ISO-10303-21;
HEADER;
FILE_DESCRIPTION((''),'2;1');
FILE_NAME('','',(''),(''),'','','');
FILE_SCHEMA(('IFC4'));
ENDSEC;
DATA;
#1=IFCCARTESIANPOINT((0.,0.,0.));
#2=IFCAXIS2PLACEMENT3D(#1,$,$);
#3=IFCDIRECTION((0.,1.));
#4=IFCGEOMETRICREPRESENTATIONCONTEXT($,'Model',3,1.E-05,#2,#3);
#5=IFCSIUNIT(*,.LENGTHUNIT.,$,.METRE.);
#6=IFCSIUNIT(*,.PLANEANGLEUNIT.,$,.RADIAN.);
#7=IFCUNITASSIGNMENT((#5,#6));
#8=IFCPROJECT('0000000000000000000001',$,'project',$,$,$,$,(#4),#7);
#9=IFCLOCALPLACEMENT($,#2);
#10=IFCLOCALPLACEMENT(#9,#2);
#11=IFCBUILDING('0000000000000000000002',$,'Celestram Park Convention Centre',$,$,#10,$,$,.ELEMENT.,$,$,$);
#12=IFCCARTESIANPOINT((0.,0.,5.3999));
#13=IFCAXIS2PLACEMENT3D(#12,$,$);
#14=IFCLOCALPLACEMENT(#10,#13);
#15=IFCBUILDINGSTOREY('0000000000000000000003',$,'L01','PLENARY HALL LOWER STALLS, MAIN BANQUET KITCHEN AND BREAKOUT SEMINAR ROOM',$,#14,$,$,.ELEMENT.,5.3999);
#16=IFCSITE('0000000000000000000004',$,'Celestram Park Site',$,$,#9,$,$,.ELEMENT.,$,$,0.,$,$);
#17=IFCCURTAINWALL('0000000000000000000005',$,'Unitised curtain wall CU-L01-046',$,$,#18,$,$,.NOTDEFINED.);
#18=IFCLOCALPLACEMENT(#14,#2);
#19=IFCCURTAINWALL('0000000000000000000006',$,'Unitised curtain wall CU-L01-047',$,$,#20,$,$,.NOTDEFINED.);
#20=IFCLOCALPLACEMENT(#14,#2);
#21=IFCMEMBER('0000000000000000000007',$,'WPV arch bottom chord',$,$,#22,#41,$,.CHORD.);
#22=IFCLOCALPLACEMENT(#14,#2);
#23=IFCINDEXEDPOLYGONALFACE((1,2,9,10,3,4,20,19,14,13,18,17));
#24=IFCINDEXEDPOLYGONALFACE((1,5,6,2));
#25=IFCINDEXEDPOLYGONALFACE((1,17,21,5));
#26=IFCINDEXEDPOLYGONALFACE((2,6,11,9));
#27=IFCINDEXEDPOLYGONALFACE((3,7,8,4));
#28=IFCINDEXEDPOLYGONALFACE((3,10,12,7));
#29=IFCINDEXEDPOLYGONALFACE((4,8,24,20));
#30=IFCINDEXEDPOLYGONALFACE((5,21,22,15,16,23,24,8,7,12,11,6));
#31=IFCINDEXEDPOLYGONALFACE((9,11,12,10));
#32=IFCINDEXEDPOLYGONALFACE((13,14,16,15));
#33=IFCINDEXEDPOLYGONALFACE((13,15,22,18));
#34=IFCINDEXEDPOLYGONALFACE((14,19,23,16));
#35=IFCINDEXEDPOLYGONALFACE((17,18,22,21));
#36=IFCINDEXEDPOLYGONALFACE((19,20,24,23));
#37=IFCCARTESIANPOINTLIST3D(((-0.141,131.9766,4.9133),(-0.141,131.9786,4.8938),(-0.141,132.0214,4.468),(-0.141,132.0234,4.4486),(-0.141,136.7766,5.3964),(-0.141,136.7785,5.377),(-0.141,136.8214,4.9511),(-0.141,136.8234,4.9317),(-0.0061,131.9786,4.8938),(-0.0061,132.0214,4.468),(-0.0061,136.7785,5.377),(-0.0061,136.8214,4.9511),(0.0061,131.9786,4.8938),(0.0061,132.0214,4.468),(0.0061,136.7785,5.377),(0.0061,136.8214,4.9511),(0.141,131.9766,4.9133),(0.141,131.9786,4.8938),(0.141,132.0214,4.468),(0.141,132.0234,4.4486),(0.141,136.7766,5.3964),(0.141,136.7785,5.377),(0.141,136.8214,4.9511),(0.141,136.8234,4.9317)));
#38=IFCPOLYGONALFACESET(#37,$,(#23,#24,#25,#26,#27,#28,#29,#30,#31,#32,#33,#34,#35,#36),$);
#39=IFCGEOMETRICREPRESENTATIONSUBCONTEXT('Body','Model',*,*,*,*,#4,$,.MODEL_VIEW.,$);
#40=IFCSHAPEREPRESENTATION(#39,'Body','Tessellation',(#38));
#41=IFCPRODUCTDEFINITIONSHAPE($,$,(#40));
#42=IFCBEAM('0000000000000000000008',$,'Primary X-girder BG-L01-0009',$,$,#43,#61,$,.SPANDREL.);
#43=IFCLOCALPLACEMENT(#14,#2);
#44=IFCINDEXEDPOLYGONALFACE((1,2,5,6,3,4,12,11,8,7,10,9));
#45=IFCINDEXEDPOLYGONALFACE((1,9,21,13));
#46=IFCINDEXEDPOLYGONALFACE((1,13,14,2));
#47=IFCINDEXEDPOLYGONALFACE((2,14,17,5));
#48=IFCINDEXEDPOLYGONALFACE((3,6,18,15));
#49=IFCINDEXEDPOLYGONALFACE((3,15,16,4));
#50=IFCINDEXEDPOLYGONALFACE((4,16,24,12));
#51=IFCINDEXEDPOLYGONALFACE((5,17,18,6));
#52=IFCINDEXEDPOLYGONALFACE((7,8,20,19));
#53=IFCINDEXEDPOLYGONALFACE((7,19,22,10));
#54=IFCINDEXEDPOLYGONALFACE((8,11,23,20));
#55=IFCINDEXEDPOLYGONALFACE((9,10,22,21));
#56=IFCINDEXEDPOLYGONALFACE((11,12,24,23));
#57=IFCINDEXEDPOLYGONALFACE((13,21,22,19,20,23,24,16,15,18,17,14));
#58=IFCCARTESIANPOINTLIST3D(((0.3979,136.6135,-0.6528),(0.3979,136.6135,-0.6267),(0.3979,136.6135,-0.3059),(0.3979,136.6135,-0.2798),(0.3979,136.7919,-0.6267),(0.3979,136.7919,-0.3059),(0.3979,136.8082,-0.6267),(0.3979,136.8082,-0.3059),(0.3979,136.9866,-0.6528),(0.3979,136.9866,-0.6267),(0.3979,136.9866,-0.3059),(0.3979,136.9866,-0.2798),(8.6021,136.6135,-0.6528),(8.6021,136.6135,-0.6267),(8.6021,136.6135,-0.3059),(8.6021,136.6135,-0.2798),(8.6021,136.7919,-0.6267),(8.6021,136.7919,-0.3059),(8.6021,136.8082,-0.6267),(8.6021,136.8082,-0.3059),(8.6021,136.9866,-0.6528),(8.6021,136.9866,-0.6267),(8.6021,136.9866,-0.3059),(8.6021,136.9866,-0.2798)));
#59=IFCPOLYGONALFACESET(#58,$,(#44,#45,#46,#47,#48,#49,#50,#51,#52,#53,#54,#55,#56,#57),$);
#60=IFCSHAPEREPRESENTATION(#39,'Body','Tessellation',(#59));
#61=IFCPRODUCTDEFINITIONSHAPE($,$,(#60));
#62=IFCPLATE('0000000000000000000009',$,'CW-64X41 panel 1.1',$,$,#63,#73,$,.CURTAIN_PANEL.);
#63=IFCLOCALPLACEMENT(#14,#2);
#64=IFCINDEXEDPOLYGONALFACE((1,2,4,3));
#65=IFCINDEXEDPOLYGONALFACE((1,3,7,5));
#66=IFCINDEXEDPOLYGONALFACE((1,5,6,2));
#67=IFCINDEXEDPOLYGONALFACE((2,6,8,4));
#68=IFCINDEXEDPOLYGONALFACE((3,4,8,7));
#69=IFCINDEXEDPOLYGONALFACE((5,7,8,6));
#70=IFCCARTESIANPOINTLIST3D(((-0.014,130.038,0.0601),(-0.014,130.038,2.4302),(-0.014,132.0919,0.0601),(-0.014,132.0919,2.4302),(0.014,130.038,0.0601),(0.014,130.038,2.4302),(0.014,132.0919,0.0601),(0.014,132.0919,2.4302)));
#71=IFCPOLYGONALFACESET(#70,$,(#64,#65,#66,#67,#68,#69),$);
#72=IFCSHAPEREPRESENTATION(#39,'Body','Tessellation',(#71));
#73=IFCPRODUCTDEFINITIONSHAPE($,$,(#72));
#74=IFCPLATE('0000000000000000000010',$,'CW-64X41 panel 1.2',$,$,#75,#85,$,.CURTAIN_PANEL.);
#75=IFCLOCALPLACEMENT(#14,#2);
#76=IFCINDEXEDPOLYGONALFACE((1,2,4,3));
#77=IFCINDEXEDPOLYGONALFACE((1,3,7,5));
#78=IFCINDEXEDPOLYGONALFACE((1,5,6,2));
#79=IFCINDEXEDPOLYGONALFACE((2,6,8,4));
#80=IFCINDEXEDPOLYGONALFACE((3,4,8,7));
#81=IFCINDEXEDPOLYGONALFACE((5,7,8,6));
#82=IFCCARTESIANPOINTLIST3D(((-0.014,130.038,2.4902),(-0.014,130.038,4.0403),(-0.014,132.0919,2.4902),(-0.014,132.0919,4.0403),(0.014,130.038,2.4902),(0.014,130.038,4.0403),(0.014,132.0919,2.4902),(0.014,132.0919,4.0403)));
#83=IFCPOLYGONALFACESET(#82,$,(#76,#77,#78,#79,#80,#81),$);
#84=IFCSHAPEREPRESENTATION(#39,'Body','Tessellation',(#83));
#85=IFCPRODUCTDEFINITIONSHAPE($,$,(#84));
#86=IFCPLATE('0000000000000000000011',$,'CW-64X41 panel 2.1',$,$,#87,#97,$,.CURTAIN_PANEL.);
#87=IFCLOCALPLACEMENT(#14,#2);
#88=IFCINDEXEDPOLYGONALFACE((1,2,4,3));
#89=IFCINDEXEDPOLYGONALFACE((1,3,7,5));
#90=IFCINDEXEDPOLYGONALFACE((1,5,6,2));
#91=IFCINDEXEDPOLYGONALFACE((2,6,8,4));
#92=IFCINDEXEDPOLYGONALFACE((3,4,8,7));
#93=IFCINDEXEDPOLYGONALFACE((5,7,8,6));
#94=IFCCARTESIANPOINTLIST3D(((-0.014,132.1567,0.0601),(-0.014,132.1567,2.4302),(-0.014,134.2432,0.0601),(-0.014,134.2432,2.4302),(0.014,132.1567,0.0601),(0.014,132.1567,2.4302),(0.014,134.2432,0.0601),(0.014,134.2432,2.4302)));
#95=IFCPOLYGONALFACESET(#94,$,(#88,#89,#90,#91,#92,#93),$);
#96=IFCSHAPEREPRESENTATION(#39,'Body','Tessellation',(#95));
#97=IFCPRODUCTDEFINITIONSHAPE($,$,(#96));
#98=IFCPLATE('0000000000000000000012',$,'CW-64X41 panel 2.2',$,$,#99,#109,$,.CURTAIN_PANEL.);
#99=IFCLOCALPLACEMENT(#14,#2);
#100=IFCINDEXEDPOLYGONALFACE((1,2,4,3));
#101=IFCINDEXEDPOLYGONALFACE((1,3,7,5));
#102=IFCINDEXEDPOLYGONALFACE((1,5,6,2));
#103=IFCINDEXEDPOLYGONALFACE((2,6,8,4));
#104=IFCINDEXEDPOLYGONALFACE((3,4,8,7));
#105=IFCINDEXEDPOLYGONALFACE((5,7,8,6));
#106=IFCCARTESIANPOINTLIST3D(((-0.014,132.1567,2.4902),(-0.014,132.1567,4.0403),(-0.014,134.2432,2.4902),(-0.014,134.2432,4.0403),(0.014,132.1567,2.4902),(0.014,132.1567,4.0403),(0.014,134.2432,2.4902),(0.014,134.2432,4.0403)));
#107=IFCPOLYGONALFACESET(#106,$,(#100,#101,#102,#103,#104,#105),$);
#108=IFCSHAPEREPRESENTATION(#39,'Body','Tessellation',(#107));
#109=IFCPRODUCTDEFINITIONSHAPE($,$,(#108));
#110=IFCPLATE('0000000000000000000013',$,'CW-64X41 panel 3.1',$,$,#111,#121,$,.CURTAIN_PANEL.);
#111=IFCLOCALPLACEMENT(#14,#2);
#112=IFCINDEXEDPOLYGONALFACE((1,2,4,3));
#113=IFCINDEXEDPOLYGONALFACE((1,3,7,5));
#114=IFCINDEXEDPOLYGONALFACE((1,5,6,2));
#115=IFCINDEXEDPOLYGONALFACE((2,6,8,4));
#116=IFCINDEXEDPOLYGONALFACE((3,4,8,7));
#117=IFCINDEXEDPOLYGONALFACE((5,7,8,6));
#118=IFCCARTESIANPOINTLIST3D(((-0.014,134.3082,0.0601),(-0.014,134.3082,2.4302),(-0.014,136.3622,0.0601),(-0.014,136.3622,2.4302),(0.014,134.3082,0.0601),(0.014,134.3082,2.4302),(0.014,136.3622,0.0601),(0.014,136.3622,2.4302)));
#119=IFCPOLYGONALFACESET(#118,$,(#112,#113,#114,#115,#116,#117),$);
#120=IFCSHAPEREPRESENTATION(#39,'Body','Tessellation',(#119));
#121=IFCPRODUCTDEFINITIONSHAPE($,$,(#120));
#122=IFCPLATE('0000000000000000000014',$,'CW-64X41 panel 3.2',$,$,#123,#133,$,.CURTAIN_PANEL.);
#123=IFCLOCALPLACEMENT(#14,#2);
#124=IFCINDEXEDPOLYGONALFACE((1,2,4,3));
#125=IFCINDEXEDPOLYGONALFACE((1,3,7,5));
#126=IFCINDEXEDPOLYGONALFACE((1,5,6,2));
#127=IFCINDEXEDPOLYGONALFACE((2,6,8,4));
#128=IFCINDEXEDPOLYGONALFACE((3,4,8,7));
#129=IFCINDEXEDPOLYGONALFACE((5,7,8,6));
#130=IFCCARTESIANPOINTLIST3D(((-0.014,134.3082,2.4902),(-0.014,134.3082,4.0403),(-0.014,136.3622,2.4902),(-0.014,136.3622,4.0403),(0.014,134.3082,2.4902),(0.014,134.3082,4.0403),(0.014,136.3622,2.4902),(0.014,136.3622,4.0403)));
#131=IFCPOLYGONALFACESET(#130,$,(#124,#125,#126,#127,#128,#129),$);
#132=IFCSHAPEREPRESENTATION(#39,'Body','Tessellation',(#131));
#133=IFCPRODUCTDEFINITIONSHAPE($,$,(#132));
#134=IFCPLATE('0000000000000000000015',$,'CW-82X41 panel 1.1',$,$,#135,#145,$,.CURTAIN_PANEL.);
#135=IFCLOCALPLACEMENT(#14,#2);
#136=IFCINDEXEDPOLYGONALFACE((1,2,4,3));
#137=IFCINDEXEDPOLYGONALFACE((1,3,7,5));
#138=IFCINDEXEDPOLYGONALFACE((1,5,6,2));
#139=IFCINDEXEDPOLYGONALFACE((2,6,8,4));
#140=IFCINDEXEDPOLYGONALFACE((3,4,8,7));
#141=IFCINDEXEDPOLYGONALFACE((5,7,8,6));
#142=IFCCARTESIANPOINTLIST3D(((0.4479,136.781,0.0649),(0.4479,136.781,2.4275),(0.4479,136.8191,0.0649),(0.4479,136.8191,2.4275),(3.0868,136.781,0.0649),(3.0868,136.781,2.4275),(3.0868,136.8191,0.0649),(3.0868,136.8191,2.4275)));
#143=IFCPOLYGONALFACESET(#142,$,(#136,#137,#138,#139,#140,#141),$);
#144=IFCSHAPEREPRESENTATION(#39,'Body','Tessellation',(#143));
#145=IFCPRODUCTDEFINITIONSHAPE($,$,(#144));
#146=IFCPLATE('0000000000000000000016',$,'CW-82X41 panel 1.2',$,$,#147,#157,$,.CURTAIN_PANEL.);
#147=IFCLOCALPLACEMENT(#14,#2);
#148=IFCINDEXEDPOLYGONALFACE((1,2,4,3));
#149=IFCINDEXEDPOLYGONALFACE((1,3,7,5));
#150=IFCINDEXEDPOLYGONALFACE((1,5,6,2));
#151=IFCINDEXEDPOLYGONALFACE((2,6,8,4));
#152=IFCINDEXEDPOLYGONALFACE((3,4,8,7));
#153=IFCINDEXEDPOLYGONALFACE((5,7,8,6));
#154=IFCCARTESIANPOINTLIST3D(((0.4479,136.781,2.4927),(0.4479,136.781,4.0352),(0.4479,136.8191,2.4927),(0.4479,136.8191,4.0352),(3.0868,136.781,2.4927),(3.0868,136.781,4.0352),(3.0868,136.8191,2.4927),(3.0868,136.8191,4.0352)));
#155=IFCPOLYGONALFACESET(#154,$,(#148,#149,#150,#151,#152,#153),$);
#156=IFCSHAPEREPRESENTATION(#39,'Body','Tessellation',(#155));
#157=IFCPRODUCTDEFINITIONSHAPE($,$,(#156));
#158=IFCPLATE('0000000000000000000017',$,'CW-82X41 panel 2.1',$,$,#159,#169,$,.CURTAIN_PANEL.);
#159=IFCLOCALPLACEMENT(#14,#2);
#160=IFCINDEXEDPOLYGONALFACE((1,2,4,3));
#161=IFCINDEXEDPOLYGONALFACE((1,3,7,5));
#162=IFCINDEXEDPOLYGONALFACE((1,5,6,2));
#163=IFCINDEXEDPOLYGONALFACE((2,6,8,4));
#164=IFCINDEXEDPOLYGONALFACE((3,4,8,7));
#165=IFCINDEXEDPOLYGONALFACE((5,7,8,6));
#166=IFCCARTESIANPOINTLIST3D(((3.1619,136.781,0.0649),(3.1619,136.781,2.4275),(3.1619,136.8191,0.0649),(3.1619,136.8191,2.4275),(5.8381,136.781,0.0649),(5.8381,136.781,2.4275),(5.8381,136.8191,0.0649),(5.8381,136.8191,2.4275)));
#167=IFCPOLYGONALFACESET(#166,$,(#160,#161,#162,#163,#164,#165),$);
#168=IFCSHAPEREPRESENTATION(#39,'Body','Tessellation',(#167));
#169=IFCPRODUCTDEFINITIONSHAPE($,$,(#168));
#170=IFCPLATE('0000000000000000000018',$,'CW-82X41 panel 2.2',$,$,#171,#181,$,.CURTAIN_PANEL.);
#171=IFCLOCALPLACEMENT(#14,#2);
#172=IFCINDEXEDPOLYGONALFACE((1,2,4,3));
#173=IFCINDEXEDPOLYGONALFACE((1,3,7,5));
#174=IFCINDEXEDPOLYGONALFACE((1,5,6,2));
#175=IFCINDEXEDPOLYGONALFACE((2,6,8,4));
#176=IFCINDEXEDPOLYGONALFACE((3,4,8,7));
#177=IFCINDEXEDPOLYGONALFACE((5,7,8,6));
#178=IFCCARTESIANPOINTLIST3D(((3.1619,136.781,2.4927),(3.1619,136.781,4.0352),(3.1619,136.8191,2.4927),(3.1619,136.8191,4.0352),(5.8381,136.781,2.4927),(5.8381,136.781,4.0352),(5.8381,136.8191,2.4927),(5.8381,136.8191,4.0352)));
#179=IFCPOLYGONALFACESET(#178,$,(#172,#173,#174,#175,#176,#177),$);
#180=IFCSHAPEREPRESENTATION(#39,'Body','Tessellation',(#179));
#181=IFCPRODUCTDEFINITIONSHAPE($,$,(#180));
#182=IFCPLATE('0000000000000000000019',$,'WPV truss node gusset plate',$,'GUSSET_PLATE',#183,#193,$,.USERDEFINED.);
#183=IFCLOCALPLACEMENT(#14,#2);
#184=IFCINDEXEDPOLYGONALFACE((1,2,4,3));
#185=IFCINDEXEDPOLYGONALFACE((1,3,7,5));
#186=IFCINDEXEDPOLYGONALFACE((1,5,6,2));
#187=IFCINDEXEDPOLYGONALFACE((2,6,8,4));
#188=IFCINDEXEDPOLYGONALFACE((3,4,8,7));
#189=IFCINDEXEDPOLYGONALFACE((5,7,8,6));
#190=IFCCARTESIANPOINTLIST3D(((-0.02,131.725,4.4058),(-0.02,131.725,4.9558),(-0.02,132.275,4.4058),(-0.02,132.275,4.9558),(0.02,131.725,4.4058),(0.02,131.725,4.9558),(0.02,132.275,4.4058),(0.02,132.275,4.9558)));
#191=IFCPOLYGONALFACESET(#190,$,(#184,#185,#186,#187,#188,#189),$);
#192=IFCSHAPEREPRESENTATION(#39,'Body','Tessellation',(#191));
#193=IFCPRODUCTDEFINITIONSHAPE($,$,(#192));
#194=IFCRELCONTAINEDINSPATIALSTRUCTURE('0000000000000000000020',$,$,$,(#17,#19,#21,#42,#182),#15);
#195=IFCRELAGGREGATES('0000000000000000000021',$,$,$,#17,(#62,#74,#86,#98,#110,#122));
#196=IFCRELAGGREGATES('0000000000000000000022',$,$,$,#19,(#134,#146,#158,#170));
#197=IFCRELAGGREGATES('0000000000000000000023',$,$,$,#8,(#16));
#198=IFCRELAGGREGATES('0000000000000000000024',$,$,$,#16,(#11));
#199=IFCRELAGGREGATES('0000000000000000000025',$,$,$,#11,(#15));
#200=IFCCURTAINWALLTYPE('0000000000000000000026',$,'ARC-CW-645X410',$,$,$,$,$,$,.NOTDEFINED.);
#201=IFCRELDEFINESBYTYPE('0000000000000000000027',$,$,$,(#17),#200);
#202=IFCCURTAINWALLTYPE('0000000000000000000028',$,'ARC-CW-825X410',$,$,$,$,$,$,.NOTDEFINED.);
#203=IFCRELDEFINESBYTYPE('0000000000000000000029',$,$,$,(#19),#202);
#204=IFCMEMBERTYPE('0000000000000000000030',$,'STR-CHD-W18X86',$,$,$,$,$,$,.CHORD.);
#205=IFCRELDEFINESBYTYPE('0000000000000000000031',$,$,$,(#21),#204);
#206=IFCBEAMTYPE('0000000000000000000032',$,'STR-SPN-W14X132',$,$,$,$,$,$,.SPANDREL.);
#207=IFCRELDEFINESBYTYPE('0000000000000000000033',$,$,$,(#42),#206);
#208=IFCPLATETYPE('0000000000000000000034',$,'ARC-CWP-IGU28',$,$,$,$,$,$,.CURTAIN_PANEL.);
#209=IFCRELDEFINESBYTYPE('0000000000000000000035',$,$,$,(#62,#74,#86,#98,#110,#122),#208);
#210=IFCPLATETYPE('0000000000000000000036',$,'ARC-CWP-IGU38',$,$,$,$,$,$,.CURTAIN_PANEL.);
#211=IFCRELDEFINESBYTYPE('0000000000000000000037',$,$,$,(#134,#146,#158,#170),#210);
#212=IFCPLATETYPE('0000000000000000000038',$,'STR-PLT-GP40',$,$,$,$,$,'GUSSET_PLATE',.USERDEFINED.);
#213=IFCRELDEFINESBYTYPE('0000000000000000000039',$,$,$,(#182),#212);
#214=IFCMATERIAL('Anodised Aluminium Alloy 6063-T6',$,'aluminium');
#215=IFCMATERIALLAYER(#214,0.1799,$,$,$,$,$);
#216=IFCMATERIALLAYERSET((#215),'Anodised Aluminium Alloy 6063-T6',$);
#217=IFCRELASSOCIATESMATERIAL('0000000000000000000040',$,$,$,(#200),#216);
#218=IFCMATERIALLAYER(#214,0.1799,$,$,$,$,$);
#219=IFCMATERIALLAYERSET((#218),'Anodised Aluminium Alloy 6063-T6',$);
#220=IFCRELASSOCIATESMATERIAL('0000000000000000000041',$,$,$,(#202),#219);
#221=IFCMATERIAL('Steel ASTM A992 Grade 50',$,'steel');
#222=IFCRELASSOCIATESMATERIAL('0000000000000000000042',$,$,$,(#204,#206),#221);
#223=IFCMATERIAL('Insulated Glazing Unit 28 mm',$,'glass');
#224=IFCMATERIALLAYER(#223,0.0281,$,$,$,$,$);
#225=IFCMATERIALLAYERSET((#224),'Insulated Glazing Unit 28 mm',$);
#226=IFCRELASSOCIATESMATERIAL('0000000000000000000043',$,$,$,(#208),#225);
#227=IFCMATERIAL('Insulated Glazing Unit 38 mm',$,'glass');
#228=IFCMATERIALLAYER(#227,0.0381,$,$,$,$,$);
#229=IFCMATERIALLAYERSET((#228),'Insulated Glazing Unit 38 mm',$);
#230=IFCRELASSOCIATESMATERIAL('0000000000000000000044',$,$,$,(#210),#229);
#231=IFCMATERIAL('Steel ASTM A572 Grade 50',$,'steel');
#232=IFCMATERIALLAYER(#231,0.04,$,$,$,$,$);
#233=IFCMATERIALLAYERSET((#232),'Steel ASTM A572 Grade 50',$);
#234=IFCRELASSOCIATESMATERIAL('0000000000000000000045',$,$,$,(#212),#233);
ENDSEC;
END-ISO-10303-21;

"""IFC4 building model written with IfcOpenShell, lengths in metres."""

from ifc_helpers import new_model, si_unit, direction, frame, origin, origin_2d, place, context, subcontext, project, spatial, rectangle, i_section, extrude, material, layer, layer_set, material_profile, profile_set, type_object, element, aggregate, save


model = new_model("IFC4")

# Units and contexts
model_context = context("Model", 3, precision=1e-05, world=origin(), true_north=direction((0.0, 1.0)))
body_context = subcontext(model_context, "Body", "Model", "MODEL_VIEW")
ifc_project = project(units=[si_unit("LENGTHUNIT", "METRE"), si_unit("PLANEANGLEUNIT", "RADIAN")], contexts=[model_context])

# Site, building, storey
site_placement = place(None, origin())
site = spatial("IfcSite", under=ifc_project, at=site_placement, Name="Celestram Park Site", CompositionType="ELEMENT", RefElevation=0.0)
building_placement = place(site_placement, origin())
building = spatial("IfcBuilding", under=site, at=building_placement, Name="Celestram Park Convention Centre", CompositionType="ELEMENT")
storey_placement = place(building_placement, frame((0.0, 0.0, 5.3999)))
storey = spatial("IfcBuildingStorey", under=building, at=storey_placement, Name="L01", Description="PLENARY HALL LOWER STALLS, MAIN BANQUET KITCHEN AND BREAKOUT SEMINAR ROOM", CompositionType="ELEMENT", Elevation=5.3999)

# Curtain walls
ifc_material_1 = material(Name="Anodised Aluminium Alloy 6063-T6", Category="aluminium")
ifc_layer_1 = layer(ifc_material_1, 0.1799)
ifc_layer_set_1 = layer_set([ifc_layer_1], Name="Anodised Aluminium Alloy 6063-T6")
curtain_wall_type_1 = type_object("IfcCurtainWallType", Name="ARC-CW-645X410", PredefinedType="NOTDEFINED", material=ifc_layer_set_1)
curtain_wall_1_placement = place(storey_placement, origin())
curtain_wall_1 = element("IfcCurtainWall", 1, at=curtain_wall_1_placement, inside=storey, type_object=curtain_wall_type_1, Name="Unitised curtain wall CU-L01-046", PredefinedType="NOTDEFINED")
ifc_layer_2 = layer(ifc_material_1, 0.1799)
ifc_layer_set_2 = layer_set([ifc_layer_2], Name="Anodised Aluminium Alloy 6063-T6")
curtain_wall_type_2 = type_object("IfcCurtainWallType", Name="ARC-CW-825X410", PredefinedType="NOTDEFINED", material=ifc_layer_set_2)
curtain_wall_2_placement = place(storey_placement, origin())
curtain_wall_2 = element("IfcCurtainWall", 2, at=curtain_wall_2_placement, inside=storey, type_object=curtain_wall_type_2, Name="Unitised curtain wall CU-L01-047", PredefinedType="NOTDEFINED")

# Shared definitions
ifc_material_2 = material(Name="Steel ASTM A992 Grade 50", Category="steel")

# Member
ifc_material_profile_1 = material_profile(ifc_material_2, i_section(OverallWidth=0.282, OverallDepth=0.467, WebThickness=0.0122, FlangeThickness=0.0195, at=origin_2d()), Name="W18X86")
ifc_profile_set_1 = profile_set([ifc_material_profile_1], Name="Steel ASTM A992 Grade 50")
member_type_1 = type_object("IfcMemberType", Name="STR-CHD-W18X86", PredefinedType="CHORD", material=ifc_profile_set_1)
member_1_placement = place(storey_placement, frame((0.0, 132.0, 4.6809), z_axis=(0.0, 0.994972, 0.10015), x_axis=(-1.0, 0.0, 0.0)))
element("IfcMember", 3, at=member_1_placement, inside=storey, type_object=member_type_1, Name="WPV arch bottom chord", PredefinedType="CHORD", context=body_context, shape_type="SweptSolid", body=[
    extrude(i_section(OverallWidth=0.282, OverallDepth=0.467, WebThickness=0.0122, FlangeThickness=0.0195, at=origin_2d()), origin(), (0.0, 0.0, 1.0), 4.8242),
])

# Beam
ifc_material_profile_2 = material_profile(ifc_material_2, i_section(OverallWidth=0.373, OverallDepth=0.373, WebThickness=0.0164, FlangeThickness=0.0261, at=origin_2d()), Name="W14X132")
ifc_profile_set_2 = profile_set([ifc_material_profile_2], Name="Steel ASTM A992 Grade 50")
beam_type_1 = type_object("IfcBeamType", Name="STR-SPN-W14X132", PredefinedType="SPANDREL", material=ifc_profile_set_2)
beam_1_placement = place(storey_placement, frame((0.3979, 136.8, -0.4663), z_axis=(1.0, 0.0, 0.0), x_axis=(0.0, 1.0, 0.0)))
element("IfcBeam", 4, at=beam_1_placement, inside=storey, type_object=beam_type_1, Name="Primary X-girder BG-L01-0009", PredefinedType="SPANDREL", context=body_context, shape_type="SweptSolid", body=[
    extrude(i_section(OverallWidth=0.373, OverallDepth=0.373, WebThickness=0.0164, FlangeThickness=0.0261, at=origin_2d()), origin(), (0.0, 0.0, 1.0), 8.2041),
])

# Plates
ifc_material_3 = material(Name="Insulated Glazing Unit 28 mm", Category="glass")
ifc_layer_3 = layer(ifc_material_3, 0.0281)
ifc_layer_set_3 = layer_set([ifc_layer_3], Name="Insulated Glazing Unit 28 mm")
plate_type_1 = type_object("IfcPlateType", Name="ARC-CWP-IGU28", PredefinedType="CURTAIN_PANEL", material=ifc_layer_set_3)
plate_1_placement = place(storey_placement, frame((0.0, 131.0649, 0.0601), z_axis=(0.0, 0.0, 1.0), x_axis=(0.0, 1.0, 0.0)))
plate_1 = element("IfcPlate", 5, at=plate_1_placement, type_object=plate_type_1, Name="CW-64X41 panel 1.1", PredefinedType="CURTAIN_PANEL", context=body_context, shape_type="SweptSolid", body=[
    extrude(rectangle(XDim=2.054, YDim=0.0281, at=origin_2d()), origin(), (0.0, 0.0, 1.0), 2.3701),
])
plate_2_placement = place(storey_placement, frame((0.0, 131.0649, 2.4902), z_axis=(0.0, 0.0, 1.0), x_axis=(0.0, 1.0, 0.0)))
plate_2 = element("IfcPlate", 6, at=plate_2_placement, type_object=plate_type_1, Name="CW-64X41 panel 1.2", PredefinedType="CURTAIN_PANEL", context=body_context, shape_type="SweptSolid", body=[
    extrude(rectangle(XDim=2.054, YDim=0.0281, at=origin_2d()), origin(), (0.0, 0.0, 1.0), 1.55),
])
plate_3_placement = place(storey_placement, frame((0.0, 133.2, 0.0601), z_axis=(0.0, 0.0, 1.0), x_axis=(0.0, 1.0, 0.0)))
plate_3 = element("IfcPlate", 7, at=plate_3_placement, type_object=plate_type_1, Name="CW-64X41 panel 2.1", PredefinedType="CURTAIN_PANEL", context=body_context, shape_type="SweptSolid", body=[
    extrude(rectangle(XDim=2.0864, YDim=0.0281, at=origin_2d()), origin(), (0.0, 0.0, 1.0), 2.3701),
])
plate_4_placement = place(storey_placement, frame((0.0, 133.2, 2.4902), z_axis=(0.0, 0.0, 1.0), x_axis=(0.0, 1.0, 0.0)))
plate_4 = element("IfcPlate", 8, at=plate_4_placement, type_object=plate_type_1, Name="CW-64X41 panel 2.2", PredefinedType="CURTAIN_PANEL", context=body_context, shape_type="SweptSolid", body=[
    extrude(rectangle(XDim=2.0864, YDim=0.0281, at=origin_2d()), origin(), (0.0, 0.0, 1.0), 1.55),
])
plate_5_placement = place(storey_placement, frame((0.0, 135.3352, 0.0601), z_axis=(0.0, 0.0, 1.0), x_axis=(0.0, 1.0, 0.0)))
plate_5 = element("IfcPlate", 9, at=plate_5_placement, type_object=plate_type_1, Name="CW-64X41 panel 3.1", PredefinedType="CURTAIN_PANEL", context=body_context, shape_type="SweptSolid", body=[
    extrude(rectangle(XDim=2.054, YDim=0.0281, at=origin_2d()), origin(), (0.0, 0.0, 1.0), 2.3701),
])
plate_6_placement = place(storey_placement, frame((0.0, 135.3352, 2.4902), z_axis=(0.0, 0.0, 1.0), x_axis=(0.0, 1.0, 0.0)))
plate_6 = element("IfcPlate", 10, at=plate_6_placement, type_object=plate_type_1, Name="CW-64X41 panel 3.2", PredefinedType="CURTAIN_PANEL", context=body_context, shape_type="SweptSolid", body=[
    extrude(rectangle(XDim=2.054, YDim=0.0281, at=origin_2d()), origin(), (0.0, 0.0, 1.0), 1.55),
])
aggregate(curtain_wall_1, [plate_1, plate_2, plate_3, plate_4, plate_5, plate_6])
ifc_material_4 = material(Name="Insulated Glazing Unit 38 mm", Category="glass")
ifc_layer_4 = layer(ifc_material_4, 0.0381)
ifc_layer_set_4 = layer_set([ifc_layer_4], Name="Insulated Glazing Unit 38 mm")
plate_type_2 = type_object("IfcPlateType", Name="ARC-CWP-IGU38", PredefinedType="CURTAIN_PANEL", material=ifc_layer_set_4)
plate_7_placement = place(storey_placement, frame((1.7673, 136.8, 0.0649), z_axis=(0.0, 0.0, 1.0), x_axis=(1.0, 0.0, 0.0)))
plate_7 = element("IfcPlate", 11, at=plate_7_placement, type_object=plate_type_2, Name="CW-82X41 panel 1.1", PredefinedType="CURTAIN_PANEL", context=body_context, shape_type="SweptSolid", body=[
    extrude(rectangle(XDim=2.6389, YDim=0.0381, at=origin_2d()), origin(), (0.0, 0.0, 1.0), 2.3625),
])
plate_8_placement = place(storey_placement, frame((1.7673, 136.8, 2.4927), z_axis=(0.0, 0.0, 1.0), x_axis=(1.0, 0.0, 0.0)))
plate_8 = element("IfcPlate", 12, at=plate_8_placement, type_object=plate_type_2, Name="CW-82X41 panel 1.2", PredefinedType="CURTAIN_PANEL", context=body_context, shape_type="SweptSolid", body=[
    extrude(rectangle(XDim=2.6389, YDim=0.0381, at=origin_2d()), origin(), (0.0, 0.0, 1.0), 1.5425),
])
plate_9_placement = place(storey_placement, frame((4.5, 136.8, 0.0649), z_axis=(0.0, 0.0, 1.0), x_axis=(1.0, 0.0, 0.0)))
plate_9 = element("IfcPlate", 13, at=plate_9_placement, type_object=plate_type_2, Name="CW-82X41 panel 2.1", PredefinedType="CURTAIN_PANEL", context=body_context, shape_type="SweptSolid", body=[
    extrude(rectangle(XDim=2.6763, YDim=0.0381, at=origin_2d()), origin(), (0.0, 0.0, 1.0), 2.3625),
])
plate_10_placement = place(storey_placement, frame((4.5, 136.8, 2.4927), z_axis=(0.0, 0.0, 1.0), x_axis=(1.0, 0.0, 0.0)))
plate_10 = element("IfcPlate", 14, at=plate_10_placement, type_object=plate_type_2, Name="CW-82X41 panel 2.2", PredefinedType="CURTAIN_PANEL", context=body_context, shape_type="SweptSolid", body=[
    extrude(rectangle(XDim=2.6763, YDim=0.0381, at=origin_2d()), origin(), (0.0, 0.0, 1.0), 1.5425),
])
aggregate(curtain_wall_2, [plate_7, plate_8, plate_9, plate_10])

# Plate
ifc_material_5 = material(Name="Steel ASTM A572 Grade 50", Category="steel")
ifc_layer_5 = layer(ifc_material_5, 0.04)
ifc_layer_set_5 = layer_set([ifc_layer_5], Name="Steel ASTM A572 Grade 50")
plate_type_3 = type_object("IfcPlateType", Name="STR-PLT-GP40", ElementType="GUSSET_PLATE", PredefinedType="USERDEFINED", material=ifc_layer_set_5)
for number, where, z_axis, x_axis, name in (
    (15, (0.0, 132.0, 4.4058), (0.0, 0.0, 1.0), (0.0, 1.0, 0.0), "WPV truss node gusset plate"),
):
    element("IfcPlate", number, at=place(storey_placement, frame(where, z_axis=z_axis, x_axis=x_axis)), inside=storey, type_object=plate_type_3, Name=name, ObjectType="GUSSET_PLATE", PredefinedType="USERDEFINED", context=body_context, shape_type="SweptSolid", body=[
        extrude(rectangle(XDim=0.55, YDim=0.04, at=origin_2d()), origin(), (0.0, 0.0, 1.0), 0.55),
    ])

save(model, "model.ifc")
